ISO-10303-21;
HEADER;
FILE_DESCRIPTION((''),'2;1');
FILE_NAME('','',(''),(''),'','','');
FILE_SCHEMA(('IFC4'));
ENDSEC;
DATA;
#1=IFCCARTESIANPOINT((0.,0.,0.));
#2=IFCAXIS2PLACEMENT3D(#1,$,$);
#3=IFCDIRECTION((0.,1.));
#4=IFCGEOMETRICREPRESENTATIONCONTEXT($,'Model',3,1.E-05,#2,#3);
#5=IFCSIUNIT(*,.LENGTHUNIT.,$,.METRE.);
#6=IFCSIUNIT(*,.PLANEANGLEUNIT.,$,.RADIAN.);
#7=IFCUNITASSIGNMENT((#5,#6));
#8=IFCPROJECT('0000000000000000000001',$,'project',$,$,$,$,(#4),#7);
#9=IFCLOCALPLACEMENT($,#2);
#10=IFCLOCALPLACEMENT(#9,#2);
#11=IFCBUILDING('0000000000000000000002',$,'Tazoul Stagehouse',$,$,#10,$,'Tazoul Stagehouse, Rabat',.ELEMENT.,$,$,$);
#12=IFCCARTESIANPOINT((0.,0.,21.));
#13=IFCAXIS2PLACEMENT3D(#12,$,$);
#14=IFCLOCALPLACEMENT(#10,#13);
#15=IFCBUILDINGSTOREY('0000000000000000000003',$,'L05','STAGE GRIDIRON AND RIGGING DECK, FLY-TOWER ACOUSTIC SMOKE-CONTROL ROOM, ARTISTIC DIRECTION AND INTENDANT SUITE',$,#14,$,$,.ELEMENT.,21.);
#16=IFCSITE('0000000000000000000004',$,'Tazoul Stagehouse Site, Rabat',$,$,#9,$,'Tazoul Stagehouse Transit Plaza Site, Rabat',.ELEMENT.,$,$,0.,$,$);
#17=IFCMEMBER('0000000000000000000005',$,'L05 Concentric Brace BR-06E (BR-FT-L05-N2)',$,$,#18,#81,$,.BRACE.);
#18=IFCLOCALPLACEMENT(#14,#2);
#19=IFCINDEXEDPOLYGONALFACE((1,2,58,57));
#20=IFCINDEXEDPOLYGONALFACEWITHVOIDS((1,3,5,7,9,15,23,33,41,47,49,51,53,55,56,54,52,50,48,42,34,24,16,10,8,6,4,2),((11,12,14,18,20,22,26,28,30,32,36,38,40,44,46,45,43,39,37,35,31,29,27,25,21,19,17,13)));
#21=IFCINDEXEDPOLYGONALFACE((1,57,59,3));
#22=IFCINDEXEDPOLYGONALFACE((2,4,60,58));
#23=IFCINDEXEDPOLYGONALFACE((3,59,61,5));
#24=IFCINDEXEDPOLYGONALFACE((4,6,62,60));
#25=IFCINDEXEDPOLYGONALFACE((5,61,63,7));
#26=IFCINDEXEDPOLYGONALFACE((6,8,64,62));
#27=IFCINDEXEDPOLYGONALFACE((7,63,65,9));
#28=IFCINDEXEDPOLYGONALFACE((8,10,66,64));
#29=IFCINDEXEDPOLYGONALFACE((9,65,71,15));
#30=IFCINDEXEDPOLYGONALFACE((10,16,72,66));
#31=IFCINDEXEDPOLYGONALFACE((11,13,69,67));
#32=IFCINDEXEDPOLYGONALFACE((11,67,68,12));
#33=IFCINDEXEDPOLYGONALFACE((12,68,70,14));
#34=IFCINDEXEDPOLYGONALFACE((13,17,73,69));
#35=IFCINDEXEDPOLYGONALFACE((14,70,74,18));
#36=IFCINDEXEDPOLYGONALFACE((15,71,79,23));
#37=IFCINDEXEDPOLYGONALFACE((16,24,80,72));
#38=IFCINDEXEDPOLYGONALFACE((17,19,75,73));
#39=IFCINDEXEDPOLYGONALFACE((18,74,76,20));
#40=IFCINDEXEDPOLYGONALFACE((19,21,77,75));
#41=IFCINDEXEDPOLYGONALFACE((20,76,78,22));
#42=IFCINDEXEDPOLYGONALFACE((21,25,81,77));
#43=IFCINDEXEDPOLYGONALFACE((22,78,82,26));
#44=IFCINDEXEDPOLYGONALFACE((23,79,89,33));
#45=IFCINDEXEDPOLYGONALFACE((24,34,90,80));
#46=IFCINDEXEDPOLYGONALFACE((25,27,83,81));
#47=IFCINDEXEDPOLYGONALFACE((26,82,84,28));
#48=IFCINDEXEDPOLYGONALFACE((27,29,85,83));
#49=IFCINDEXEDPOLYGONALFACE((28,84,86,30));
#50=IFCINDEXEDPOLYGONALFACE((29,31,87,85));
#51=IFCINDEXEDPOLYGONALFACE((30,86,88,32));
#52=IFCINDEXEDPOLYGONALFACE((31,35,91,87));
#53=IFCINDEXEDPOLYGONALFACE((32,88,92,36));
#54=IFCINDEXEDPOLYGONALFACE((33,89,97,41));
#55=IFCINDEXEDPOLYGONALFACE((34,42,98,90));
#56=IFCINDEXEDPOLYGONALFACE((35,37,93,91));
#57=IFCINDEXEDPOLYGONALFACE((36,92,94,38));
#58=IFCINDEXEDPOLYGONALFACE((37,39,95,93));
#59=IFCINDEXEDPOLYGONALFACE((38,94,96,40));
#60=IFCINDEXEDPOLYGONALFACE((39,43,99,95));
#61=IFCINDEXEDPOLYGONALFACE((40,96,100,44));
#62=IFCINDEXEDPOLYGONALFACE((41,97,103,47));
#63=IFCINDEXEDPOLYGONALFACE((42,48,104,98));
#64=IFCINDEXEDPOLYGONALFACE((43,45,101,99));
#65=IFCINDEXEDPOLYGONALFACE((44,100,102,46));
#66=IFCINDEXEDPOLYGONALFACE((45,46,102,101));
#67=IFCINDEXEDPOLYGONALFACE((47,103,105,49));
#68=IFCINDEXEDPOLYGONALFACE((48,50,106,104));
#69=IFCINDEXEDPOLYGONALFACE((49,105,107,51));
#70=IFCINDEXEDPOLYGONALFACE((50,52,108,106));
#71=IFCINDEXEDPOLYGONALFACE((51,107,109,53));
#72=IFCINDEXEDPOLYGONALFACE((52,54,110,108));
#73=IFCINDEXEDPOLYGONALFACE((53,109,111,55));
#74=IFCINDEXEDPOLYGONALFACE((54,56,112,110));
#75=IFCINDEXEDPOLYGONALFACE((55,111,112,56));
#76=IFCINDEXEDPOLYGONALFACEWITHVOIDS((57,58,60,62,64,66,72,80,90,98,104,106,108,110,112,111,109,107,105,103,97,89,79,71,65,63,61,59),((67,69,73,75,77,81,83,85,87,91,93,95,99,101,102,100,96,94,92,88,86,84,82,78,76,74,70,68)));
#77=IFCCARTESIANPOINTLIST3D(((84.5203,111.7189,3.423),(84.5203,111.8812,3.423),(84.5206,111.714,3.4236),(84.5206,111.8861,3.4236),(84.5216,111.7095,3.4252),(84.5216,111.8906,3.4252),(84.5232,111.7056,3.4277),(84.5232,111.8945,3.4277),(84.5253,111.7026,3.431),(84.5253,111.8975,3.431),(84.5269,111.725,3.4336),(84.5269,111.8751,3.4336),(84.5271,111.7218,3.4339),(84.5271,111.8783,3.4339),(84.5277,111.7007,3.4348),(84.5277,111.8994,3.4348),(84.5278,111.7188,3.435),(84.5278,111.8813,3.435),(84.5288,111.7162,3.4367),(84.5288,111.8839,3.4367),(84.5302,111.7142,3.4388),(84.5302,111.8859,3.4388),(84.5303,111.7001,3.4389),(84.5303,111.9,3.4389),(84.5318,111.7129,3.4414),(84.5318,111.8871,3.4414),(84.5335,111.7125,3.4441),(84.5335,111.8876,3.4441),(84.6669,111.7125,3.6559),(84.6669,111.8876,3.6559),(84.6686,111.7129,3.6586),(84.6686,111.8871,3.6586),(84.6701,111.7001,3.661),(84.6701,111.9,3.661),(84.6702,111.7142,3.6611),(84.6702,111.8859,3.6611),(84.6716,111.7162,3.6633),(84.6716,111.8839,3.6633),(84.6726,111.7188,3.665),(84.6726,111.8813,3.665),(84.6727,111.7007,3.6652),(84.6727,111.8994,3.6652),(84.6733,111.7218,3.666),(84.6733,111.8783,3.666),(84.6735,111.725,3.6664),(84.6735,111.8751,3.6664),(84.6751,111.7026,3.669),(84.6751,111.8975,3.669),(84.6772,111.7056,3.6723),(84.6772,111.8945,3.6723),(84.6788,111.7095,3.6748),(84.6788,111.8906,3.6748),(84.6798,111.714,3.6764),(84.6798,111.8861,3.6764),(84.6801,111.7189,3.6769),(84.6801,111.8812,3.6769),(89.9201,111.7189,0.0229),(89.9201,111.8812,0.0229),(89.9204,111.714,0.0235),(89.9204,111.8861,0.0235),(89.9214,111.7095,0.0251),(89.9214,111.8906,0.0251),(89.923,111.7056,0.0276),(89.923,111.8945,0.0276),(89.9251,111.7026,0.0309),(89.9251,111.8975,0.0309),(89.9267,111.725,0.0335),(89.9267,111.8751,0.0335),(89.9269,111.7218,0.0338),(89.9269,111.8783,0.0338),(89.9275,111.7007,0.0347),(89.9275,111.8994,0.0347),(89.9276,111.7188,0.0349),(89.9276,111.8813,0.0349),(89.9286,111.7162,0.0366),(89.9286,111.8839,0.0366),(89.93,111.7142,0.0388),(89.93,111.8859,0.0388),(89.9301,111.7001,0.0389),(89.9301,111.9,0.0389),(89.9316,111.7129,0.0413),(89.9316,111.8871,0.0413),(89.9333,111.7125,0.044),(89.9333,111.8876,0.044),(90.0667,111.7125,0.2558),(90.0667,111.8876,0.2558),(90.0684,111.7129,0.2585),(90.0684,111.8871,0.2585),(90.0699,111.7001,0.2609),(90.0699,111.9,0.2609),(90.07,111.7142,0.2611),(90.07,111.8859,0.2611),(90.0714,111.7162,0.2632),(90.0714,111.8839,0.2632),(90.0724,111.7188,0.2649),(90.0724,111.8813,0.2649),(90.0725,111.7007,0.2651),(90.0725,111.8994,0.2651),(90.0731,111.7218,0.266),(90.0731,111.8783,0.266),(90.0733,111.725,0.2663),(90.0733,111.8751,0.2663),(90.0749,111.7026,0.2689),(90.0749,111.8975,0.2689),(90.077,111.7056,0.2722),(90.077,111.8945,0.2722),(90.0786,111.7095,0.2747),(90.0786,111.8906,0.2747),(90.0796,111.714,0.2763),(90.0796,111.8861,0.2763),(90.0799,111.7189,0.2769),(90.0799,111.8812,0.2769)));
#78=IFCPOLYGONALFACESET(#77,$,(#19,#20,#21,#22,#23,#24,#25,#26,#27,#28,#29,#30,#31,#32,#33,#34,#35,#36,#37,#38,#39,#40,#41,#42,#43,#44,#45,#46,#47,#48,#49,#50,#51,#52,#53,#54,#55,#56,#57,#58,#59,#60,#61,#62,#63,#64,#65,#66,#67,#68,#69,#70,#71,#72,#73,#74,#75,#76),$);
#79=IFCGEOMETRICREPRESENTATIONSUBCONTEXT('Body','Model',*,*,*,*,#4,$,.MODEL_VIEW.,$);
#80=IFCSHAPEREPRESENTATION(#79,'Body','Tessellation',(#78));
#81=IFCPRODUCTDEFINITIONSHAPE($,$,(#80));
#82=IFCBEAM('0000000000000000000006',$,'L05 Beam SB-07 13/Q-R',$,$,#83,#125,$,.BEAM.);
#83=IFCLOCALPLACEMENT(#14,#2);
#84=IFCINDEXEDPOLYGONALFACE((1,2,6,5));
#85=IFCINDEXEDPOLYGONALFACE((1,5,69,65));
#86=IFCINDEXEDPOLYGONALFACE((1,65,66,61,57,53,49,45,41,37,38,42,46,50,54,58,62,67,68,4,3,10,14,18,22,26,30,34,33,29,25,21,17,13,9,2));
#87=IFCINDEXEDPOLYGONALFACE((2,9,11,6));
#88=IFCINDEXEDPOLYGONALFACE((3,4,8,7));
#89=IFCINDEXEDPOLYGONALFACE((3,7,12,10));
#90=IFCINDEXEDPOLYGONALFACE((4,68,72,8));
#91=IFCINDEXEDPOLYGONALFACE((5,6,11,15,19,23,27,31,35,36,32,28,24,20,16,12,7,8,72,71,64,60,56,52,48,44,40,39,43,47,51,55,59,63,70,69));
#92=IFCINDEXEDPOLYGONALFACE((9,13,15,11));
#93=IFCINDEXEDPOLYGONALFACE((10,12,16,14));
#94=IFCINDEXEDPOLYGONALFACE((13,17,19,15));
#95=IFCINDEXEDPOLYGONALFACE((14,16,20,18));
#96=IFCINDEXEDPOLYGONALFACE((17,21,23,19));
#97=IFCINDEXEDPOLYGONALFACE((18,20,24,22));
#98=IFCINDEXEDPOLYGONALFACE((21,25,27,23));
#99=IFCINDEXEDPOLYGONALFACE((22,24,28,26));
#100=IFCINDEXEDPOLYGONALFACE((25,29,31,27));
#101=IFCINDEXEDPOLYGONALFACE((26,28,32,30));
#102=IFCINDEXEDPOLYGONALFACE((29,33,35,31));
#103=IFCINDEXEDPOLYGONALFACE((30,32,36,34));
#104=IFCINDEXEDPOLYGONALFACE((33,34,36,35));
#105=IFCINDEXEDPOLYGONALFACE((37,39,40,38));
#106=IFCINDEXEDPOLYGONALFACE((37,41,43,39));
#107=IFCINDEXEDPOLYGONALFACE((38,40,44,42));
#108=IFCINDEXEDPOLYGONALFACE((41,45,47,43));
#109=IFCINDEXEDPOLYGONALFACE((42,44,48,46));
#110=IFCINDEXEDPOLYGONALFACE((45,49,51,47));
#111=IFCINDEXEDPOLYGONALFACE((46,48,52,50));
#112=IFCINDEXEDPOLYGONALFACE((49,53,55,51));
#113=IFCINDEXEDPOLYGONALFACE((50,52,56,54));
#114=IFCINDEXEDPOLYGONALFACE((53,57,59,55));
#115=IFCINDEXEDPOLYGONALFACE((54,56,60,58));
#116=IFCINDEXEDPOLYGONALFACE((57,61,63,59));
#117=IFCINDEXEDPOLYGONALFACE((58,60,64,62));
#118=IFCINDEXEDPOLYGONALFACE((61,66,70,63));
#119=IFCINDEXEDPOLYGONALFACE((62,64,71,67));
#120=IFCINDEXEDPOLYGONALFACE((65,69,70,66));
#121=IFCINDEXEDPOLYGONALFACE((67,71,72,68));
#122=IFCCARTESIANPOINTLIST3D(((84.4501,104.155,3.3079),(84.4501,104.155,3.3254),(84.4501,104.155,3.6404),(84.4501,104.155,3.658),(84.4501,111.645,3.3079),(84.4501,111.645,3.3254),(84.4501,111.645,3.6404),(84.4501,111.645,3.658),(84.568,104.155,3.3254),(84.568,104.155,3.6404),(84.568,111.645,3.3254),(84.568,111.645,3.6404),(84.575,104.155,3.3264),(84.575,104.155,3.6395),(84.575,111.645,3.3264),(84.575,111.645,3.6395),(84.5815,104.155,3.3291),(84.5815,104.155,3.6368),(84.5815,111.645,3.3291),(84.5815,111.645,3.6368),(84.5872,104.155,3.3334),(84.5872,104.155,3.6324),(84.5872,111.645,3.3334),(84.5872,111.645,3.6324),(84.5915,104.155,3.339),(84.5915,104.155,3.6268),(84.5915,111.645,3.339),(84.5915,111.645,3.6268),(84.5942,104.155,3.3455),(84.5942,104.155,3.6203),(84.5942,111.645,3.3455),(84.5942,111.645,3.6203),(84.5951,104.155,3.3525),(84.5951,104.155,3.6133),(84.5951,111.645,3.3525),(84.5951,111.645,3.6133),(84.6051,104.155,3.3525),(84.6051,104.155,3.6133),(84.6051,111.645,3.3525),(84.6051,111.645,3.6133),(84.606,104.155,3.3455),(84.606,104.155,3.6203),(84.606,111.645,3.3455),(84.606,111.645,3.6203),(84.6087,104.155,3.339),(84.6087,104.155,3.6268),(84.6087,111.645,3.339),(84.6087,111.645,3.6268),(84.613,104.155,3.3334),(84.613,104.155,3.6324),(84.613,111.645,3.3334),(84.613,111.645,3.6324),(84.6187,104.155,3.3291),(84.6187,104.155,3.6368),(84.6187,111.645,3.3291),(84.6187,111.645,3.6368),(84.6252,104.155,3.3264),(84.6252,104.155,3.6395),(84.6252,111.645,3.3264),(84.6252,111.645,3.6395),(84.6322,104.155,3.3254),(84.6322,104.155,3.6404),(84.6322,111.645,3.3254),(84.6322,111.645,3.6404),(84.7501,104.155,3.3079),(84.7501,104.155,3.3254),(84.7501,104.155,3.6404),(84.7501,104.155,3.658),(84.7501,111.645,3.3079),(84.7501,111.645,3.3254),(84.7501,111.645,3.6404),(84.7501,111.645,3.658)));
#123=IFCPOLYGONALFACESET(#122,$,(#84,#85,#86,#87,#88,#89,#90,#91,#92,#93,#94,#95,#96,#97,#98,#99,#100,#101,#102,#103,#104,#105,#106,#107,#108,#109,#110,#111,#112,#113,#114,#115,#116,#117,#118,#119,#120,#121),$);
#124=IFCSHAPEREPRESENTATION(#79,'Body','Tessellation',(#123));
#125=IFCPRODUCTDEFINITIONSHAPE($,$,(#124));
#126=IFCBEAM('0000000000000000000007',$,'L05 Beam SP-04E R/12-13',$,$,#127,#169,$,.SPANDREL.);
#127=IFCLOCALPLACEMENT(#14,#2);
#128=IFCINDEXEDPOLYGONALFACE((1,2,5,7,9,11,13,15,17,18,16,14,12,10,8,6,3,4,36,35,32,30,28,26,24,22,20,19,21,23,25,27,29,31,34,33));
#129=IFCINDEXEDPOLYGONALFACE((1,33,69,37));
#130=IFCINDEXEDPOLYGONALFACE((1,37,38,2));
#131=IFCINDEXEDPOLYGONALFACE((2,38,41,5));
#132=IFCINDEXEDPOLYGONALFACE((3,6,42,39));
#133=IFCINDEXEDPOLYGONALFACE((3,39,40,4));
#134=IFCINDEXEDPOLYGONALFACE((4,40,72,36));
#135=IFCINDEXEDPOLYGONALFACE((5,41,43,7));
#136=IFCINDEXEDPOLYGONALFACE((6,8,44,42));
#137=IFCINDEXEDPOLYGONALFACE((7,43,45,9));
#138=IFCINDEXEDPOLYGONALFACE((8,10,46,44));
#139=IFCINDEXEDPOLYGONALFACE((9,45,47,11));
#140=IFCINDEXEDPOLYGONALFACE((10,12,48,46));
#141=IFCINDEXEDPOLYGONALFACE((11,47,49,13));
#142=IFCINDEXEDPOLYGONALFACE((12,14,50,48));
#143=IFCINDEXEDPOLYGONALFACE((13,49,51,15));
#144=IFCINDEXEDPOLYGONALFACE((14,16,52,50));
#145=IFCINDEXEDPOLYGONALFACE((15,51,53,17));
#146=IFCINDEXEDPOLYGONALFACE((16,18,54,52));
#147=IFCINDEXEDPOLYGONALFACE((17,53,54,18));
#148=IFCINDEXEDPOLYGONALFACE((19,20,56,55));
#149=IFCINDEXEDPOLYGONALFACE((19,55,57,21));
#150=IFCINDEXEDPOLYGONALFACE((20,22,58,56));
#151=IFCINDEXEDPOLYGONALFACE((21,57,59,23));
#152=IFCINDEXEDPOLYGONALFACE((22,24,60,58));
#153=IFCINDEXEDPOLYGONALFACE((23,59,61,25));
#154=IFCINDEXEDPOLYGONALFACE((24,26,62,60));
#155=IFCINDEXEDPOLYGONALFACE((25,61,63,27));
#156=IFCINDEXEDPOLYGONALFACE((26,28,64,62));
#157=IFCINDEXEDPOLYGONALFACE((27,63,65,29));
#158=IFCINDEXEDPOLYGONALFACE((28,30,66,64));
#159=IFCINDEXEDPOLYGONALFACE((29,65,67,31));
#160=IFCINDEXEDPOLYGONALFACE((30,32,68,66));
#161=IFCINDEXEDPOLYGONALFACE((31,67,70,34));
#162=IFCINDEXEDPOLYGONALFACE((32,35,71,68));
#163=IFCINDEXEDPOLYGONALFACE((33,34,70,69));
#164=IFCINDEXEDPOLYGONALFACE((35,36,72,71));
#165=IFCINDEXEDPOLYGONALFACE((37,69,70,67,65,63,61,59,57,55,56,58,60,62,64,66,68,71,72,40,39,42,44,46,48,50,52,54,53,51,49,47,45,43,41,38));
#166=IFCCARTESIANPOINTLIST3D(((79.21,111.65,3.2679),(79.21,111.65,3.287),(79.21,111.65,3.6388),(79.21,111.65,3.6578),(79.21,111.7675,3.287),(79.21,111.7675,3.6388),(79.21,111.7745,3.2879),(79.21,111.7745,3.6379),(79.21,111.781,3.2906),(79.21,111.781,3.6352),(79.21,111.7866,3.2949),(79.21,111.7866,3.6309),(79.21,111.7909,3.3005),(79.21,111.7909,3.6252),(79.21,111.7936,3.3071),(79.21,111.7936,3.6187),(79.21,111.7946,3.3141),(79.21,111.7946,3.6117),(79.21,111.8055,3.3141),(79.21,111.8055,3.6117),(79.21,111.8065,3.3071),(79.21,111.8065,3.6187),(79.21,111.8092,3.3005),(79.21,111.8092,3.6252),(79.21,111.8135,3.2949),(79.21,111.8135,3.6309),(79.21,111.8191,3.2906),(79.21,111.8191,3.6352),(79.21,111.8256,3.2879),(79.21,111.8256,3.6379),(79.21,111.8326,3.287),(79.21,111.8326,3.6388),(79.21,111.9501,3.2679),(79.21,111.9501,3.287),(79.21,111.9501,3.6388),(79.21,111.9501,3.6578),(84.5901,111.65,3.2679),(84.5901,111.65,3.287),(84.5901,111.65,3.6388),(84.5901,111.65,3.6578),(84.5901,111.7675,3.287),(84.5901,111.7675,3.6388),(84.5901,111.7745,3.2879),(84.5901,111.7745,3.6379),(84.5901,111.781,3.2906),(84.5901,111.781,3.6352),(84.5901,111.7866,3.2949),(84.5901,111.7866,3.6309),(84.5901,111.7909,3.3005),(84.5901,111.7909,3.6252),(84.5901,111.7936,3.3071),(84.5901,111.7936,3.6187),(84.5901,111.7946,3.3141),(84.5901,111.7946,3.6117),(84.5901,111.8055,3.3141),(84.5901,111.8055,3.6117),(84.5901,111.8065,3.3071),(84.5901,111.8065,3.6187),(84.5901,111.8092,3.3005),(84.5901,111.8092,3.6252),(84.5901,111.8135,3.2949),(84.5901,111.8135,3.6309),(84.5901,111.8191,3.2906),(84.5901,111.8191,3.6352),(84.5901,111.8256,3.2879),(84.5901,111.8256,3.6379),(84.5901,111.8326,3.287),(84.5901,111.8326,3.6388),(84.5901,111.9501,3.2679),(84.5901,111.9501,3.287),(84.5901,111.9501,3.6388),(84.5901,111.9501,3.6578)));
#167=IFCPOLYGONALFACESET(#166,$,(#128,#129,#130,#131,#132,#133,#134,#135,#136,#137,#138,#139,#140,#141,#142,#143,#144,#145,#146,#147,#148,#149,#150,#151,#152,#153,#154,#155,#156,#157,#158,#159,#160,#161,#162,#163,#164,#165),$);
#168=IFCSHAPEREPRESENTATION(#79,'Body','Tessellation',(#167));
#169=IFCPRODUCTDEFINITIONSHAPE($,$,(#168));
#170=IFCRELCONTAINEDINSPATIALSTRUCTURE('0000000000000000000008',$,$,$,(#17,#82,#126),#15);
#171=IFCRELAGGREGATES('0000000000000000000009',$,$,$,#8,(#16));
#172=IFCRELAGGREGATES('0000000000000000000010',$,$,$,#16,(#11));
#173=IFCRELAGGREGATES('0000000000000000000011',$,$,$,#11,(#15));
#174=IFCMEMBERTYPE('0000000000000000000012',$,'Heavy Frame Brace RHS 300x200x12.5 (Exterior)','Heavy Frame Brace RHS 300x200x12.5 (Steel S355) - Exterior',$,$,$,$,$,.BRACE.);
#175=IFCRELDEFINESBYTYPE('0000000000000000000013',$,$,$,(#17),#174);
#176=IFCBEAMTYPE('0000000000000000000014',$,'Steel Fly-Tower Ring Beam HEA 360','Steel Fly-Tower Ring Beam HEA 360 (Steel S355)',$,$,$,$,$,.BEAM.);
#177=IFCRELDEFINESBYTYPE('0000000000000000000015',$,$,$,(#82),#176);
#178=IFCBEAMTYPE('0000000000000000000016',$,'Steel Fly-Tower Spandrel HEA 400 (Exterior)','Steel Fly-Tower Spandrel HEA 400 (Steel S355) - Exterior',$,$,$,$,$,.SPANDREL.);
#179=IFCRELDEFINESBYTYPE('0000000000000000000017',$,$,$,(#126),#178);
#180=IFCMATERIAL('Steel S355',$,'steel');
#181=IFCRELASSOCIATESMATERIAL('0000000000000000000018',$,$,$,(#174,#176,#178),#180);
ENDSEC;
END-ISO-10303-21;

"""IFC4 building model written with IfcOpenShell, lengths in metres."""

from ifc_helpers import new_model, si_unit, direction, frame, origin, origin_2d, place, context, subcontext, project, spatial, hollow_rectangle, i_section, extrude, material, material_profile, profile_set, type_object, element, save


model = new_model("IFC4")

# Units and contexts
model_context = context("Model", 3, precision=1e-05, world=origin(), true_north=direction((0.0, 1.0)))
body_context = subcontext(model_context, "Body", "Model", "MODEL_VIEW")
ifc_project = project(units=[si_unit("LENGTHUNIT", "METRE"), si_unit("PLANEANGLEUNIT", "RADIAN")], contexts=[model_context])

# Site, building, storey
site_placement = place(None, origin())
site = spatial("IfcSite", under=ifc_project, at=site_placement, Name="Tazoul Stagehouse Site, Rabat", LongName="Tazoul Stagehouse Transit Plaza Site, Rabat", CompositionType="ELEMENT", RefElevation=0.0)
building_placement = place(site_placement, origin())
building = spatial("IfcBuilding", under=site, at=building_placement, Name="Tazoul Stagehouse", LongName="Tazoul Stagehouse, Rabat", CompositionType="ELEMENT")
storey_placement = place(building_placement, frame((0.0, 0.0, 21.0)))
storey = spatial("IfcBuildingStorey", under=building, at=storey_placement, Name="L05", Description="STAGE GRIDIRON AND RIGGING DECK, FLY-TOWER ACOUSTIC SMOKE-CONTROL ROOM, ARTISTIC DIRECTION AND INTENDANT SUITE", CompositionType="ELEMENT", Elevation=21.0)

# Shared definitions
ifc_material_1 = material(Name="Steel S355", Category="steel")

# Member
ifc_material_profile_1 = material_profile(ifc_material_1, hollow_rectangle(XDim=0.2, YDim=0.3, WallThickness=0.0125, InnerFilletRadius=0.0125, OuterFilletRadius=0.0188, at=origin_2d()), Name="RHS 300x200x12.5")
ifc_profile_set_1 = profile_set([ifc_material_profile_1], Name="Steel S355")
member_type = type_object("IfcMemberType", Name="Heavy Frame Brace RHS 300x200x12.5 (Exterior)", Description="Heavy Frame Brace RHS 300x200x12.5 (Steel S355) - Exterior", PredefinedType="BRACE", material=ifc_profile_set_1)
member_placement = place(storey_placement, frame((90.0, 111.8, 0.1499), z_axis=(-0.846218, 0.0, 0.532837), x_axis=(0.0, -1.0, 0.0)))
element("IfcMember", 1, at=member_placement, inside=storey, type_object=member_type, Name="L05 Concentric Brace BR-06E (BR-FT-L05-N2)", PredefinedType="BRACE", context=body_context, shape_type="SweptSolid", body=[
    extrude(hollow_rectangle(XDim=0.2, YDim=0.3, WallThickness=0.0125, InnerFilletRadius=0.0125, OuterFilletRadius=0.0188, at=origin_2d()), origin(), (0.0, 0.0, 1.0), 6.3811),
])

# Beams
ifc_material_profile_2 = material_profile(ifc_material_1, i_section(OverallWidth=0.3, OverallDepth=0.3501, WebThickness=0.01, FlangeThickness=0.0176, FilletRadius=0.0271, at=origin_2d()), Name="HEA 360")
ifc_profile_set_2 = profile_set([ifc_material_profile_2], Name="Steel S355")
beam_type_1 = type_object("IfcBeamType", Name="Steel Fly-Tower Ring Beam HEA 360", Description="Steel Fly-Tower Ring Beam HEA 360 (Steel S355)", PredefinedType="BEAM", material=ifc_profile_set_2)
beam_1_placement = place(storey_placement, frame((84.6001, 104.155, 3.4829), z_axis=(0.0, 1.0, 0.0), x_axis=(-1.0, 0.0, 0.0)))
element("IfcBeam", 2, at=beam_1_placement, inside=storey, type_object=beam_type_1, Name="L05 Beam SB-07 13/Q-R", PredefinedType="BEAM", context=body_context, shape_type="SweptSolid", body=[
    extrude(i_section(OverallWidth=0.3, OverallDepth=0.3501, WebThickness=0.01, FlangeThickness=0.0176, FilletRadius=0.0271, at=origin_2d()), origin(), (0.0, 0.0, 1.0), 7.49),
])
ifc_material_profile_3 = material_profile(ifc_material_1, i_section(OverallWidth=0.3, OverallDepth=0.3899, WebThickness=0.011, FlangeThickness=0.019, FilletRadius=0.0271, at=origin_2d()), Name="HEA 400")
ifc_profile_set_3 = profile_set([ifc_material_profile_3], Name="Steel S355")
beam_type_2 = type_object("IfcBeamType", Name="Steel Fly-Tower Spandrel HEA 400 (Exterior)", Description="Steel Fly-Tower Spandrel HEA 400 (Steel S355) - Exterior", PredefinedType="SPANDREL", material=ifc_profile_set_3)
beam_2_placement = place(storey_placement, frame((79.21, 111.8, 3.4629), z_axis=(1.0, 0.0, 0.0), x_axis=(0.0, 1.0, 0.0)))
element("IfcBeam", 3, at=beam_2_placement, inside=storey, type_object=beam_type_2, Name="L05 Beam SP-04E R/12-13", PredefinedType="SPANDREL", context=body_context, shape_type="SweptSolid", body=[
    extrude(i_section(OverallWidth=0.3, OverallDepth=0.3899, WebThickness=0.011, FlangeThickness=0.019, FilletRadius=0.0271, at=origin_2d()), origin(), (0.0, 0.0, 1.0), 5.3801),
])

save(model, "model.ifc")
